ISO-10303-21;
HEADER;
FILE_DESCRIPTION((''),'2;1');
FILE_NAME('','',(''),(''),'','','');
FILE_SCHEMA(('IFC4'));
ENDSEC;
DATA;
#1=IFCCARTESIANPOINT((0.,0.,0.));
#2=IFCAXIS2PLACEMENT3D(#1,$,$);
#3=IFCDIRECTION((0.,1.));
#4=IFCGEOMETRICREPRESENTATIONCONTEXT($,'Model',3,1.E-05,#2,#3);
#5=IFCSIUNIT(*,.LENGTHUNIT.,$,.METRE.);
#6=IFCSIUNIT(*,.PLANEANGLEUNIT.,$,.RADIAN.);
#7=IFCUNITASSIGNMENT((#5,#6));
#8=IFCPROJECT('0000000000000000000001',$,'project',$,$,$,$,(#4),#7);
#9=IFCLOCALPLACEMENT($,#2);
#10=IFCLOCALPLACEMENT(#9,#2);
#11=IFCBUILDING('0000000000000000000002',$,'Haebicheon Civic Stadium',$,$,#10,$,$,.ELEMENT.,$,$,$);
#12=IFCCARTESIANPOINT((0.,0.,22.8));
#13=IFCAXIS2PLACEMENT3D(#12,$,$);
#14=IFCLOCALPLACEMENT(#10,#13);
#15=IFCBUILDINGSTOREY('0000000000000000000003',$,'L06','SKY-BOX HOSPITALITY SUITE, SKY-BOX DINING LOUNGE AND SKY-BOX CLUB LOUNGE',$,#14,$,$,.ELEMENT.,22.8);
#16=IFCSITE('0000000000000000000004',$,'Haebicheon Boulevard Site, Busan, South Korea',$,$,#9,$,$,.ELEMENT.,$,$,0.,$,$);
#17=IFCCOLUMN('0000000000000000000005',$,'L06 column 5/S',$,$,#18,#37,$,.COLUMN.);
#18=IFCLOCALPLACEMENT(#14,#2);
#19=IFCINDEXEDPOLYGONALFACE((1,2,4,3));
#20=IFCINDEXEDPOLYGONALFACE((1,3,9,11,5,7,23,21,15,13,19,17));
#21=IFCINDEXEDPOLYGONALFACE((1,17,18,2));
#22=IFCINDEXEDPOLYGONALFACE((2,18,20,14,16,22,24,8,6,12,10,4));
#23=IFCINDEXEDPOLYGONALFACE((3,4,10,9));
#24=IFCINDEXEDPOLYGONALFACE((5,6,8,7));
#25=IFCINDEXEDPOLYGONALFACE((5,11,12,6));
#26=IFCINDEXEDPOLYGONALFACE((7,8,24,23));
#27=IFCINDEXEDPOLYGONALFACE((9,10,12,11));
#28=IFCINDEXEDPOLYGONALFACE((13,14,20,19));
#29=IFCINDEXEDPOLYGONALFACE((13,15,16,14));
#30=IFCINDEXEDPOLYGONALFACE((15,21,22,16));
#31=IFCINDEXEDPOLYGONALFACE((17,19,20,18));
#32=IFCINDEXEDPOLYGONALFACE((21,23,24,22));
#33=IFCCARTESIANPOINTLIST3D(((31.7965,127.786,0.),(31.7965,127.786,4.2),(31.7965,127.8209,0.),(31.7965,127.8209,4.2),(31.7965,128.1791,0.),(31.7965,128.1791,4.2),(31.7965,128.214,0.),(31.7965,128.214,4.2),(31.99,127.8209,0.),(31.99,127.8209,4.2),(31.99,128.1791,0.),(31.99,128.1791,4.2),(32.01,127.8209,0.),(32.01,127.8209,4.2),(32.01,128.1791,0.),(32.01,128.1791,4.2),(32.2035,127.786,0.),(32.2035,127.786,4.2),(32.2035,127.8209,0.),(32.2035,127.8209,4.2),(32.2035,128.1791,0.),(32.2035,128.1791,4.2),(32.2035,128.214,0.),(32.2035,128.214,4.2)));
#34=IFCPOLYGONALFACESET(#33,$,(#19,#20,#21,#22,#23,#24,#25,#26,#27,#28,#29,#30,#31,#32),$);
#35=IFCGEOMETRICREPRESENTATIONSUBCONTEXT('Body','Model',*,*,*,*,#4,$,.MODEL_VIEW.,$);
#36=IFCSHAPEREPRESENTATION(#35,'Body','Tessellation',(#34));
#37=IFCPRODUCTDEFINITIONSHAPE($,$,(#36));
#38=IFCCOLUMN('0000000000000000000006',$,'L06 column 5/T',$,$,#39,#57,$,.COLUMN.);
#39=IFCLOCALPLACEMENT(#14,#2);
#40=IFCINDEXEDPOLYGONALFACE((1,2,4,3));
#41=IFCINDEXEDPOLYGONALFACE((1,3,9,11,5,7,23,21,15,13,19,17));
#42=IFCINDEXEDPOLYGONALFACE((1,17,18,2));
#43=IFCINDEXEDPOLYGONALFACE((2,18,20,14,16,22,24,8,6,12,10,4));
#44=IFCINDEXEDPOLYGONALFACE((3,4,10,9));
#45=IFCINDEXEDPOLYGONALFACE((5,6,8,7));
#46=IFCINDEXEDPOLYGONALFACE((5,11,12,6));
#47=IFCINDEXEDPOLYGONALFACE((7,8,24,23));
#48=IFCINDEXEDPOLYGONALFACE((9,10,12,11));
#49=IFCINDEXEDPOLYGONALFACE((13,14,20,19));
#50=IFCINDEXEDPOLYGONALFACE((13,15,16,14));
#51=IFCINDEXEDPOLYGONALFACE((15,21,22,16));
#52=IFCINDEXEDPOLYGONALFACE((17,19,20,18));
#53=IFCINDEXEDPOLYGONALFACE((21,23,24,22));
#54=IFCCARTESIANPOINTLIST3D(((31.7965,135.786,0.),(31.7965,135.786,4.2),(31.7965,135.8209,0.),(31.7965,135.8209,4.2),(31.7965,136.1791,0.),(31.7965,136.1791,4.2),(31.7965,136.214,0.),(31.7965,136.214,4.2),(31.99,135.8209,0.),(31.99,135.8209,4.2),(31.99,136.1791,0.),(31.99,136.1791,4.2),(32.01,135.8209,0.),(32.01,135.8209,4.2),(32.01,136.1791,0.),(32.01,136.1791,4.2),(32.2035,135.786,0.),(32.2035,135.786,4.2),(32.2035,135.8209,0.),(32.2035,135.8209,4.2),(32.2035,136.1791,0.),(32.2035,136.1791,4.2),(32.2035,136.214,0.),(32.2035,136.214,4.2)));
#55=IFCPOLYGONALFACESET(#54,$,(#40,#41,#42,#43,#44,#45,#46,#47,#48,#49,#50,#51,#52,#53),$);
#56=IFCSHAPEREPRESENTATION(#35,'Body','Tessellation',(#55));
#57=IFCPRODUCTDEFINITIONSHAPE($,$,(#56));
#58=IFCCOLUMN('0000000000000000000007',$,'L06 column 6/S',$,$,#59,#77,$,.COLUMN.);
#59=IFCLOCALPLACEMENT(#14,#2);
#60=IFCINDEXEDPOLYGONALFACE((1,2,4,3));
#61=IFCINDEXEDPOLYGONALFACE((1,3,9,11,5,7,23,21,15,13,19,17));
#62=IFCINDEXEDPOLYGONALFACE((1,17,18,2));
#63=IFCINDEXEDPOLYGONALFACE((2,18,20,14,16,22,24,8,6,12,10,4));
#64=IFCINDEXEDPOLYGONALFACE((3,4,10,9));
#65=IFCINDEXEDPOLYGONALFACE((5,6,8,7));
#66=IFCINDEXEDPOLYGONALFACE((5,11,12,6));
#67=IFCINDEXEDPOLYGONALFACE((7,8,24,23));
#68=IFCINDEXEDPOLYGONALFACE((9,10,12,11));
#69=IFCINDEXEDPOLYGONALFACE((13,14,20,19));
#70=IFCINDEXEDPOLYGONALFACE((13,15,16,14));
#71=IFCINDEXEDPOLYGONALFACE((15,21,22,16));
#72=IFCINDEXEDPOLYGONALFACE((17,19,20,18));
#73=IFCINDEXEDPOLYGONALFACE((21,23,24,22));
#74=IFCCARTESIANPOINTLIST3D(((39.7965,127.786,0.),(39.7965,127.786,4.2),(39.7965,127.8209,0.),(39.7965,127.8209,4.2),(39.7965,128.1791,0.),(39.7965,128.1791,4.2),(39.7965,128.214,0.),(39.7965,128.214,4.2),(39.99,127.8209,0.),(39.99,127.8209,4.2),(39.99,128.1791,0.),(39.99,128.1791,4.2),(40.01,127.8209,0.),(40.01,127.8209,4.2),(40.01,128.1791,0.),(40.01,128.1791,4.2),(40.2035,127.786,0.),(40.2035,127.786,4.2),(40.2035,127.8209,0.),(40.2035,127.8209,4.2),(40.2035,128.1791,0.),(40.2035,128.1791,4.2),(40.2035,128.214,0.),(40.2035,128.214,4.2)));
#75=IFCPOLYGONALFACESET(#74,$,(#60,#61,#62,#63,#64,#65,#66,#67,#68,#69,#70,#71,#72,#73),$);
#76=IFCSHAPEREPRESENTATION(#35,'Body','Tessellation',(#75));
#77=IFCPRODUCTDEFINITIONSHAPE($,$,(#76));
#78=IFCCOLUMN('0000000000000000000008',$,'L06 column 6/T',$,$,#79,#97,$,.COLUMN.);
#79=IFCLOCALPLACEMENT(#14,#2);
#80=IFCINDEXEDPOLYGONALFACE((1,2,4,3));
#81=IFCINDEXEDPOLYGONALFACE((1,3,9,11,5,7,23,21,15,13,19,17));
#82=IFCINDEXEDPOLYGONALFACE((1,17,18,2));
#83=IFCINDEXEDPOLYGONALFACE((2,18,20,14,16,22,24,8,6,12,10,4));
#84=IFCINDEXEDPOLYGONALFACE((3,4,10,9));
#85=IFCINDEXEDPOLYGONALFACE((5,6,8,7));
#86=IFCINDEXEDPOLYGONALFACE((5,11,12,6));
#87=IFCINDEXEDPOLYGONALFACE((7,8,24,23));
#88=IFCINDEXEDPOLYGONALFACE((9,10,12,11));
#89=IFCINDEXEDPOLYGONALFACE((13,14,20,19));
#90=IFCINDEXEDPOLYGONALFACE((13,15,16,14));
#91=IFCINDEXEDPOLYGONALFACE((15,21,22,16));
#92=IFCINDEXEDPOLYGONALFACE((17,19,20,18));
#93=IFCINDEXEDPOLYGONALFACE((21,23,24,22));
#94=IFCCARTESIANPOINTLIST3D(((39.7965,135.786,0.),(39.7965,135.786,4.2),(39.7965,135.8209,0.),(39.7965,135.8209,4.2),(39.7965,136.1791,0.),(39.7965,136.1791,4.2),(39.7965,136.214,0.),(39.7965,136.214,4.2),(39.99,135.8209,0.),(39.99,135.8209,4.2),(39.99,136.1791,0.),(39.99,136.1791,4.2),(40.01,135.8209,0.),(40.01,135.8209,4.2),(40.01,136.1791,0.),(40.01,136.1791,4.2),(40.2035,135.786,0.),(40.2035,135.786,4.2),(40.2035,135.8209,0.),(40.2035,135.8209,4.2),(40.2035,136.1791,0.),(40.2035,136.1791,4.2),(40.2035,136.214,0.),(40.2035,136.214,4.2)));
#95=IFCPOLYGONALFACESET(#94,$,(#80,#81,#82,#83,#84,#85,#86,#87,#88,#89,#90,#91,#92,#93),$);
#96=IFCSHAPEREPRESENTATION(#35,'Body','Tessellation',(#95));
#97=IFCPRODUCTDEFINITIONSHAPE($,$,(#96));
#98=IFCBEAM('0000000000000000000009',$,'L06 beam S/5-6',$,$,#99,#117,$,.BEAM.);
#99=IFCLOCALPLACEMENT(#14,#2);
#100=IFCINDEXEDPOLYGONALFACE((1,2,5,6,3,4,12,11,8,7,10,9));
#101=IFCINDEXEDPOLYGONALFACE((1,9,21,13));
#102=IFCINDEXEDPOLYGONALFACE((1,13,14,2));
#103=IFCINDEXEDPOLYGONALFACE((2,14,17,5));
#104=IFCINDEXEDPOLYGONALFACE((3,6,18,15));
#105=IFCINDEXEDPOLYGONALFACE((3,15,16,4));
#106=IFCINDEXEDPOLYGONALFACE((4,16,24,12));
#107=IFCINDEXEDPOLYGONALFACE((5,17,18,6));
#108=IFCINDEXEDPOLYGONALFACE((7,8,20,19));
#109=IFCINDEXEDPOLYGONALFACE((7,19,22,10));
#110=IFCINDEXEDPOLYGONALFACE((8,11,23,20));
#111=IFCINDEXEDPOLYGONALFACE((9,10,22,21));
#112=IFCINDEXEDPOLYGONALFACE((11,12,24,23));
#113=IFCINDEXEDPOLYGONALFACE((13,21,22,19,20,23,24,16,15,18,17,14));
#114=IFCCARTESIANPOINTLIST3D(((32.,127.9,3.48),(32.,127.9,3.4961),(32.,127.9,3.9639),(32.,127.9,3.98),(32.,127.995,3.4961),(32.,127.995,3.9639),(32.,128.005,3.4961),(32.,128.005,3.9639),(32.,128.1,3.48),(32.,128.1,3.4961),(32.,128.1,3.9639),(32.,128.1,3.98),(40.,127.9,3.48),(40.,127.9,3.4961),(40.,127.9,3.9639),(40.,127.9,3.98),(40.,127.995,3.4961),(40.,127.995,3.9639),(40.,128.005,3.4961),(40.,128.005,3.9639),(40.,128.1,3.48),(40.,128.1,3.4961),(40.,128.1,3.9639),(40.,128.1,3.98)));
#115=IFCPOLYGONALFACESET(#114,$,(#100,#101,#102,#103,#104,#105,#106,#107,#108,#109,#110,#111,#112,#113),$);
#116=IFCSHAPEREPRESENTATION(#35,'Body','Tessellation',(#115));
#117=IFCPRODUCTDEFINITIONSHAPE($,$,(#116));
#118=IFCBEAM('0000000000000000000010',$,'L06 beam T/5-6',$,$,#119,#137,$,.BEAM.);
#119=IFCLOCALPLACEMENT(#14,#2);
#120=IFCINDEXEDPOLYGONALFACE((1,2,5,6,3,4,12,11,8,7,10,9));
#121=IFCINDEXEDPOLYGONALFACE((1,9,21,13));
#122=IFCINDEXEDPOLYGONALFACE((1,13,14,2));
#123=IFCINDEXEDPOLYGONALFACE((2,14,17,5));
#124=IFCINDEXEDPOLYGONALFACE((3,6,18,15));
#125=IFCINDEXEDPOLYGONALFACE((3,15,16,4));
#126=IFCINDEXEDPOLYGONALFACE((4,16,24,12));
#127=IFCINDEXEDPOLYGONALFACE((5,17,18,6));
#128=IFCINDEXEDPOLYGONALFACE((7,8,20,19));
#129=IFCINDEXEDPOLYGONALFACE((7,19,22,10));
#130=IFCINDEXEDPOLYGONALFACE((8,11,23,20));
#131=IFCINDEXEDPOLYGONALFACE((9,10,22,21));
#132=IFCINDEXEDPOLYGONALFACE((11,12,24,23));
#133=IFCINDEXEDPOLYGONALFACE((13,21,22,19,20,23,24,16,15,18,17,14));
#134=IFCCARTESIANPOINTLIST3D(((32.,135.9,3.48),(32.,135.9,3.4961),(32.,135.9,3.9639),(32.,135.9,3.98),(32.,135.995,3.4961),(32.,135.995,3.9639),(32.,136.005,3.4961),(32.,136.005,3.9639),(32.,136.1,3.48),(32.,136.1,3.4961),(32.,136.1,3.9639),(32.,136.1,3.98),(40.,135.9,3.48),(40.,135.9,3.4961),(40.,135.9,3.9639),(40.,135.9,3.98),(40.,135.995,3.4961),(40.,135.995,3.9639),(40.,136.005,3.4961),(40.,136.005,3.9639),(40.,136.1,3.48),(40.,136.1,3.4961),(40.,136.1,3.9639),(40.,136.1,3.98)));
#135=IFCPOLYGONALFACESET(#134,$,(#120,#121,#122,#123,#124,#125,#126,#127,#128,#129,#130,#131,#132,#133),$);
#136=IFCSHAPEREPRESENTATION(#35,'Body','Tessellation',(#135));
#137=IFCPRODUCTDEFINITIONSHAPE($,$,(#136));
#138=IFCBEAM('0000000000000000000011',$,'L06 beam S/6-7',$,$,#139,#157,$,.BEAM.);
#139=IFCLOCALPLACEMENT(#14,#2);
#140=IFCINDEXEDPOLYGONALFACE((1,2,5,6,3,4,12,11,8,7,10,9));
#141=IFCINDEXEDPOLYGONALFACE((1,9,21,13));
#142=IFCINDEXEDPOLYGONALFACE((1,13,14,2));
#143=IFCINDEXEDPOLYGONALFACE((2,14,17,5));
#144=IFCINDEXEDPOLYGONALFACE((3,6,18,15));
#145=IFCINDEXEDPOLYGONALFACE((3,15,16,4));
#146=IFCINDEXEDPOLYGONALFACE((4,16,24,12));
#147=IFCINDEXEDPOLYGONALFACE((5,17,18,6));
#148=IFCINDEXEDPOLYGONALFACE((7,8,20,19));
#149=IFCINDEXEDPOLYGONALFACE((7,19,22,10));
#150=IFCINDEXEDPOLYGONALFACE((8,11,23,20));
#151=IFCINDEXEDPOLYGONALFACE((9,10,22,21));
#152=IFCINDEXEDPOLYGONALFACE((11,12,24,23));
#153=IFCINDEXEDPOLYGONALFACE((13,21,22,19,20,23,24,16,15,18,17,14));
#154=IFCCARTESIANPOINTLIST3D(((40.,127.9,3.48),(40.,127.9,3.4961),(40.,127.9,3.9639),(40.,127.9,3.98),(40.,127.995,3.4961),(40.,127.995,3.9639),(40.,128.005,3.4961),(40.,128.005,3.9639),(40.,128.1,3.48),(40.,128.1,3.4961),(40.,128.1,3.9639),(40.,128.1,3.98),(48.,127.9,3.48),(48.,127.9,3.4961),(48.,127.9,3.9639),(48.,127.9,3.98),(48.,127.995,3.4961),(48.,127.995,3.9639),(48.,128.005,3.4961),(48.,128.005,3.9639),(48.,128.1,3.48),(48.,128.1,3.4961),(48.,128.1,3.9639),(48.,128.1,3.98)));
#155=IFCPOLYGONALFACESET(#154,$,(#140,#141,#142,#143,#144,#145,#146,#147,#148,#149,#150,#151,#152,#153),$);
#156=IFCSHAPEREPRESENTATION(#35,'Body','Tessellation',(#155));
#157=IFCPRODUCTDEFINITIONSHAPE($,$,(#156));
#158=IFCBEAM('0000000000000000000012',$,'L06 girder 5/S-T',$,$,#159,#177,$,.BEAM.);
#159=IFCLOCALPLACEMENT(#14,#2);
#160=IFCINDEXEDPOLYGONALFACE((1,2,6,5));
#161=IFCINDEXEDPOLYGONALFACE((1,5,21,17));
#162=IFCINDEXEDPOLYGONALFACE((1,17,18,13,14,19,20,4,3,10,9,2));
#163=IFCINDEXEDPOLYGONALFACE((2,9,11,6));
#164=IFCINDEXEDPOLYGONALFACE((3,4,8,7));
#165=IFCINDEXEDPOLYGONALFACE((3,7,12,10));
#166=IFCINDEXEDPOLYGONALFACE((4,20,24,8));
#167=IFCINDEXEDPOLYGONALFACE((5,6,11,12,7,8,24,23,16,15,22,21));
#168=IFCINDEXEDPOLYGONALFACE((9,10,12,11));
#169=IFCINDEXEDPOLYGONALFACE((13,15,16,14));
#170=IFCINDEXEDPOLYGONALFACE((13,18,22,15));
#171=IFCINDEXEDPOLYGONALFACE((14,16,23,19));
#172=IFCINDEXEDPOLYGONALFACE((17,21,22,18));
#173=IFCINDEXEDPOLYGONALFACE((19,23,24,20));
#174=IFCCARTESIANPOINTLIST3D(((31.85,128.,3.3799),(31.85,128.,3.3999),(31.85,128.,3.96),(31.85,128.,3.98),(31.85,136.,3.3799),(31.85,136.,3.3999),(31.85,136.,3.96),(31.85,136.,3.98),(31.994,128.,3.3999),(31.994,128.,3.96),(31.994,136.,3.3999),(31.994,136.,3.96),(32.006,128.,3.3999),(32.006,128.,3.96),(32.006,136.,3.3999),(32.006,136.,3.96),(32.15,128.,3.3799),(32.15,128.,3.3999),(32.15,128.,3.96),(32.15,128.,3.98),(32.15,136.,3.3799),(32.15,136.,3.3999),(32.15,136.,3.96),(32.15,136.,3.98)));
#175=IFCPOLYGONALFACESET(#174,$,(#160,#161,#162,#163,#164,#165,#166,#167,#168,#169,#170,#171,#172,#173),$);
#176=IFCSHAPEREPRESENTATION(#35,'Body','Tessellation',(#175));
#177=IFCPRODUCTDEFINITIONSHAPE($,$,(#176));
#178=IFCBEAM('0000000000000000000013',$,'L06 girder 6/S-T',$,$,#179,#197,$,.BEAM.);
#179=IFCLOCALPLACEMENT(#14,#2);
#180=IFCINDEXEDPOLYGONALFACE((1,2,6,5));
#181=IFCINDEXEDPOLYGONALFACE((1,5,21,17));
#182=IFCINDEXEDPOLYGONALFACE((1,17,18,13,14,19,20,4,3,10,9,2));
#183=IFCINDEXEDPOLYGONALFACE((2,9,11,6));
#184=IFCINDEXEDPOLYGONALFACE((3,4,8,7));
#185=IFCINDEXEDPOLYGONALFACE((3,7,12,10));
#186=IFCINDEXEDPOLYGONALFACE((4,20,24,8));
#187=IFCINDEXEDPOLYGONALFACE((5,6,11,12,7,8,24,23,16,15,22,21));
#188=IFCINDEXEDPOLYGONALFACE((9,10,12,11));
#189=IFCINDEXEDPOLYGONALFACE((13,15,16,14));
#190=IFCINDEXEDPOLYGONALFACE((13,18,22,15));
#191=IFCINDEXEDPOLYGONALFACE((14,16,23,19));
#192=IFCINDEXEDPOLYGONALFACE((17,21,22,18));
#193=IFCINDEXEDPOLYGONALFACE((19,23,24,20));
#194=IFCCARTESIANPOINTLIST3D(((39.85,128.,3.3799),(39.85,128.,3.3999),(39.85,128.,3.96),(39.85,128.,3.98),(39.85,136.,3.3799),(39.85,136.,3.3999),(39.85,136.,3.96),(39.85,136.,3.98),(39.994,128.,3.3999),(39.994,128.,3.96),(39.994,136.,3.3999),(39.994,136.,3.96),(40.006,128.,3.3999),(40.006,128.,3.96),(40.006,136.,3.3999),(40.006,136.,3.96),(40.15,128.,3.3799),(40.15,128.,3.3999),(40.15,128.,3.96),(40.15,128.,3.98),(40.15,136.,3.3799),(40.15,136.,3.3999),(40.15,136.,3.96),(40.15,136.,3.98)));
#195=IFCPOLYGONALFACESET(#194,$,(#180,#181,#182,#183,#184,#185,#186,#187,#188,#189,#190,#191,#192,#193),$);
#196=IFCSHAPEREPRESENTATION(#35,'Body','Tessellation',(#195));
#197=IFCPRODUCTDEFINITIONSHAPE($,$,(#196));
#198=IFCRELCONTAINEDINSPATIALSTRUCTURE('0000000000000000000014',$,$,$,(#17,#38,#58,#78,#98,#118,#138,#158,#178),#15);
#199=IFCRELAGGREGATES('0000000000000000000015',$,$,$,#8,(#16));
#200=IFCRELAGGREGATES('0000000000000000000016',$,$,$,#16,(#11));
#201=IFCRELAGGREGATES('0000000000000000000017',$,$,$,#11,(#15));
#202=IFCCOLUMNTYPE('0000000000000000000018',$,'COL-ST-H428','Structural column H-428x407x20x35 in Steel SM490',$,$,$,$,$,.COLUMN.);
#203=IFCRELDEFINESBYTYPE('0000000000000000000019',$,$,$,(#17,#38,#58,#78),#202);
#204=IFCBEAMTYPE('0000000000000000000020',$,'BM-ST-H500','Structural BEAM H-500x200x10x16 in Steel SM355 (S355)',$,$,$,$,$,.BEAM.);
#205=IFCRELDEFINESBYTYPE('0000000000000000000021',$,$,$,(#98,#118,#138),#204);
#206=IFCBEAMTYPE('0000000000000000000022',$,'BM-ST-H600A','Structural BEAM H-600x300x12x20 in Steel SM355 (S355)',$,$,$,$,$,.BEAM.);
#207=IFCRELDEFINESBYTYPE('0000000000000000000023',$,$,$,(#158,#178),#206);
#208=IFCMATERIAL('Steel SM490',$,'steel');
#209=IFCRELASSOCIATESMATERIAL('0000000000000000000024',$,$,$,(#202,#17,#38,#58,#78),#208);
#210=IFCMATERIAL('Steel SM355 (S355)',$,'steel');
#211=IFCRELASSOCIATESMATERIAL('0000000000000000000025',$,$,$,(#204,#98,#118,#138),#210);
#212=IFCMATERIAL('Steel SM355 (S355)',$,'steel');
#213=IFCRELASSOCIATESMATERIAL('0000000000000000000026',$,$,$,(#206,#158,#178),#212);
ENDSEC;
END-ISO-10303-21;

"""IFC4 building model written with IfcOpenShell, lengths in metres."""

from ifc_helpers import new_model, si_unit, direction, frame, origin, origin_2d, place, context, subcontext, project, spatial, i_section, extrude, material, material_profile, profile_set, type_object, element, save


model = new_model("IFC4")

# Units and contexts
model_context = context("Model", 3, precision=1e-05, world=origin(), true_north=direction((0.0, 1.0)))
body_context = subcontext(model_context, "Body", "Model", "MODEL_VIEW")
ifc_project = project(units=[si_unit("LENGTHUNIT", "METRE"), si_unit("PLANEANGLEUNIT", "RADIAN")], contexts=[model_context])

# Site, building, storey
site_placement = place(None, origin())
site = spatial("IfcSite", under=ifc_project, at=site_placement, Name="Haebicheon Boulevard Site, Busan, South Korea", CompositionType="ELEMENT", RefElevation=0.0)
building_placement = place(site_placement, origin())
building = spatial("IfcBuilding", under=site, at=building_placement, Name="Haebicheon Civic Stadium", CompositionType="ELEMENT")
storey_placement = place(building_placement, frame((0.0, 0.0, 22.8)))
storey = spatial("IfcBuildingStorey", under=building, at=storey_placement, Name="L06", Description="SKY-BOX HOSPITALITY SUITE, SKY-BOX DINING LOUNGE AND SKY-BOX CLUB LOUNGE", CompositionType="ELEMENT", Elevation=22.8)

# Columns
ifc_material_1 = material(Name="Steel SM490", Category="steel")
ifc_material_profile_1 = material_profile(ifc_material_1, i_section(OverallWidth=0.407, OverallDepth=0.428, WebThickness=0.02, FlangeThickness=0.0349, at=origin_2d()), Name="H-428x407x20x35")
ifc_profile_set_1 = profile_set([ifc_material_profile_1], Name="Steel SM490")
column_type = type_object("IfcColumnType", Name="COL-ST-H428", Description="Structural column H-428x407x20x35 in Steel SM490", PredefinedType="COLUMN", material=ifc_profile_set_1)
for number, where, z_axis, x_axis, name in (
    (1, (32.0, 128.0, 0.0), (0.0, 0.0, 1.0), (1.0, 0.0, 0.0), "L06 column 5/S"),
    (2, (32.0, 136.0, 0.0), (0.0, 0.0, 1.0), (1.0, 0.0, 0.0), "L06 column 5/T"),
    (3, (40.0, 128.0, 0.0), (0.0, 0.0, 1.0), (1.0, 0.0, 0.0), "L06 column 6/S"),
    (4, (40.0, 136.0, 0.0), (0.0, 0.0, 1.0), (1.0, 0.0, 0.0), "L06 column 6/T"),
):
    element("IfcColumn", number, at=place(storey_placement, frame(where, z_axis=z_axis, x_axis=x_axis)), inside=storey, type_object=column_type, material=ifc_profile_set_1, Name=name, PredefinedType="COLUMN", context=body_context, shape_type="SweptSolid", body=[
        extrude(i_section(OverallWidth=0.407, OverallDepth=0.428, WebThickness=0.02, FlangeThickness=0.0349, at=origin_2d()), origin(), (0.0, 0.0, 1.0), 4.2),
    ])

# Beams
ifc_material_2 = material(Name="Steel SM355 (S355)", Category="steel")
ifc_material_profile_2 = material_profile(ifc_material_2, i_section(OverallWidth=0.2, OverallDepth=0.5, WebThickness=0.01, FlangeThickness=0.0161, at=origin_2d()), Name="H-500x200x10x16")
ifc_profile_set_2 = profile_set([ifc_material_profile_2], Name="Steel SM355 (S355)")
beam_type_1 = type_object("IfcBeamType", Name="BM-ST-H500", Description="Structural BEAM H-500x200x10x16 in Steel SM355 (S355)", PredefinedType="BEAM", material=ifc_profile_set_2)
for number, where, z_axis, x_axis, name in (
    (5, (32.0, 128.0, 3.73), (1.0, 0.0, 0.0), (0.0, 1.0, 0.0), "L06 beam S/5-6"),
    (6, (32.0, 136.0, 3.73), (1.0, 0.0, 0.0), (0.0, 1.0, 0.0), "L06 beam T/5-6"),
    (7, (40.0, 128.0, 3.73), (1.0, 0.0, 0.0), (0.0, 1.0, 0.0), "L06 beam S/6-7"),
):
    element("IfcBeam", number, at=place(storey_placement, frame(where, z_axis=z_axis, x_axis=x_axis)), inside=storey, type_object=beam_type_1, material=ifc_profile_set_2, Name=name, PredefinedType="BEAM", context=body_context, shape_type="SweptSolid", body=[
        extrude(i_section(OverallWidth=0.2, OverallDepth=0.5, WebThickness=0.01, FlangeThickness=0.0161, at=origin_2d()), origin(), (0.0, 0.0, 1.0), 8.0),
    ])
ifc_material_3 = material(Name="Steel SM355 (S355)", Category="steel")
ifc_material_profile_3 = material_profile(ifc_material_3, i_section(OverallWidth=0.3, OverallDepth=0.6001, WebThickness=0.012, FlangeThickness=0.02, at=origin_2d()), Name="H-600x300x12x20")
ifc_profile_set_3 = profile_set([ifc_material_profile_3], Name="Steel SM355 (S355)")
beam_type_2 = type_object("IfcBeamType", Name="BM-ST-H600A", Description="Structural BEAM H-600x300x12x20 in Steel SM355 (S355)", PredefinedType="BEAM", material=ifc_profile_set_3)
for number, where, z_axis, x_axis, name in (
    (8, (32.0, 128.0, 3.6799), (0.0, 1.0, 0.0), (-1.0, 0.0, 0.0), "L06 girder 5/S-T"),
    (9, (40.0, 128.0, 3.6799), (0.0, 1.0, 0.0), (-1.0, 0.0, 0.0), "L06 girder 6/S-T"),
):
    element("IfcBeam", number, at=place(storey_placement, frame(where, z_axis=z_axis, x_axis=x_axis)), inside=storey, type_object=beam_type_2, material=ifc_profile_set_3, Name=name, PredefinedType="BEAM", context=body_context, shape_type="SweptSolid", body=[
        extrude(i_section(OverallWidth=0.3, OverallDepth=0.6001, WebThickness=0.012, FlangeThickness=0.02, at=origin_2d()), origin(), (0.0, 0.0, 1.0), 8.0),
    ])

save(model, "model.ifc")
